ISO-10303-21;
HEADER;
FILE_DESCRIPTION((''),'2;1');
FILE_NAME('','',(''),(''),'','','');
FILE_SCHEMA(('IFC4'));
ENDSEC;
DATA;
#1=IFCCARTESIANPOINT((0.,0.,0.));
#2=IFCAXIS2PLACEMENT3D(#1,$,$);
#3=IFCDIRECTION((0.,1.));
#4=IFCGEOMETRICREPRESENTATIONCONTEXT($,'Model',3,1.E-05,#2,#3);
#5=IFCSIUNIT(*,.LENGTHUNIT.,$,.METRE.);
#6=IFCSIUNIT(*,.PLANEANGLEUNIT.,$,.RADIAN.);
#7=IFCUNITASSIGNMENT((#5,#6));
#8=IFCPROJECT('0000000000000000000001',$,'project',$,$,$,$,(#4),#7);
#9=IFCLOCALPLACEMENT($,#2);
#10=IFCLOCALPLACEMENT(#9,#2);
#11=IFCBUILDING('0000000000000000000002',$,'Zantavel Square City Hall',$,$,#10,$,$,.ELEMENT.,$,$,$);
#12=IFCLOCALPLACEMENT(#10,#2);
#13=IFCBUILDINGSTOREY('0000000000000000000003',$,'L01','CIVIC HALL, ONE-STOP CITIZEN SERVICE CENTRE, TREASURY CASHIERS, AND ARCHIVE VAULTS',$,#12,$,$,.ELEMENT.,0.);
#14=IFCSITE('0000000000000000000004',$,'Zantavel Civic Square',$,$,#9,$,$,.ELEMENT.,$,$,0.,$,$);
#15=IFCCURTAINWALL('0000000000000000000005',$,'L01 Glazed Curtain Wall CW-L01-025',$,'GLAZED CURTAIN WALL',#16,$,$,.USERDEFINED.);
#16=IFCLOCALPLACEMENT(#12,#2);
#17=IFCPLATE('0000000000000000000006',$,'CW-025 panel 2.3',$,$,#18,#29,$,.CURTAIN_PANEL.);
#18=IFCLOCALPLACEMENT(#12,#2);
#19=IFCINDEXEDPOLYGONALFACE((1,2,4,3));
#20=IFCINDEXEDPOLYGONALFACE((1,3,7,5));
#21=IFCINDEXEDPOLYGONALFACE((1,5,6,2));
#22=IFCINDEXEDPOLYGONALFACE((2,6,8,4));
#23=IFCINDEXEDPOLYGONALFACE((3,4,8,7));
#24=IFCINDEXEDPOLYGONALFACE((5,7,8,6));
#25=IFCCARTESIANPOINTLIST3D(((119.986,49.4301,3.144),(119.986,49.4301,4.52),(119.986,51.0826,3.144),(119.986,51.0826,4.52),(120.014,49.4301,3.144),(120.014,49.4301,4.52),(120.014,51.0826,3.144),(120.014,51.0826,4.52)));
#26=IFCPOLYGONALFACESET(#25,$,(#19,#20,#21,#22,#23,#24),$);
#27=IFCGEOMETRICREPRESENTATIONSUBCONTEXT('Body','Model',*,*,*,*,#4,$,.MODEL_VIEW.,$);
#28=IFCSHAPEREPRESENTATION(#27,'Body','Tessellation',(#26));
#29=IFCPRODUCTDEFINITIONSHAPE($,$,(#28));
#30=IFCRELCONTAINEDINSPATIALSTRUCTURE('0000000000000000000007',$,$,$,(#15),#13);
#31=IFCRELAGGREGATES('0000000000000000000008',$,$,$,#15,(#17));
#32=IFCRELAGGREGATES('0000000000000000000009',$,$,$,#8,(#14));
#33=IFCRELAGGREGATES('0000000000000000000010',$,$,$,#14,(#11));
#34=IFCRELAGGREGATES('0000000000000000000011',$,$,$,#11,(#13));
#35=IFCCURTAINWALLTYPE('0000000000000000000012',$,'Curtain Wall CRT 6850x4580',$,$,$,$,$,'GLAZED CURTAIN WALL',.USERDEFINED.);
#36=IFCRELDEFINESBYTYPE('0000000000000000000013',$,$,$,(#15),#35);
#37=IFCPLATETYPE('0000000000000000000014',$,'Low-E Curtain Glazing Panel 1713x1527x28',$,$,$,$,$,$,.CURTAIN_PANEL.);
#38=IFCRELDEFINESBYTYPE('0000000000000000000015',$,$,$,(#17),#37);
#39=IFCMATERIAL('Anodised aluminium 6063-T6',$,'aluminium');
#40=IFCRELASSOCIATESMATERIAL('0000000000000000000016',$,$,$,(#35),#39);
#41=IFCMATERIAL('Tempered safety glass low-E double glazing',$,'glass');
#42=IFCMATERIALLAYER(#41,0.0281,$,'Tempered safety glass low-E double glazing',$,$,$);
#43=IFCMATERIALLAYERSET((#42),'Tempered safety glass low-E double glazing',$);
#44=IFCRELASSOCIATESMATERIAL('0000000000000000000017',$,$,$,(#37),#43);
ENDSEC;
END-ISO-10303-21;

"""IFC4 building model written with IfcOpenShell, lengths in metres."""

from ifc_helpers import new_model, si_unit, direction, frame, origin, origin_2d, place, context, subcontext, project, spatial, rectangle, extrude, material, layer, layer_set, type_object, element, aggregate, save


model = new_model("IFC4")

# Units and contexts
model_context = context("Model", 3, precision=1e-05, world=origin(), true_north=direction((0.0, 1.0)))
body_context = subcontext(model_context, "Body", "Model", "MODEL_VIEW")
ifc_project = project(units=[si_unit("LENGTHUNIT", "METRE"), si_unit("PLANEANGLEUNIT", "RADIAN")], contexts=[model_context])

# Site, building, storey
site_placement = place(None, origin())
site = spatial("IfcSite", under=ifc_project, at=site_placement, Name="Zantavel Civic Square", CompositionType="ELEMENT", RefElevation=0.0)
building_placement = place(site_placement, origin())
building = spatial("IfcBuilding", under=site, at=building_placement, Name="Zantavel Square City Hall", CompositionType="ELEMENT")
storey_placement = place(building_placement, origin())
storey = spatial("IfcBuildingStorey", under=building, at=storey_placement, Name="L01", Description="CIVIC HALL, ONE-STOP CITIZEN SERVICE CENTRE, TREASURY CASHIERS, AND ARCHIVE VAULTS", CompositionType="ELEMENT", Elevation=0.0)

# Curtain wall, plate
ifc_material_1 = material(Name="Anodised aluminium 6063-T6", Category="aluminium")
curtain_wall_type = type_object("IfcCurtainWallType", Name="Curtain Wall CRT 6850x4580", ElementType="GLAZED CURTAIN WALL", PredefinedType="USERDEFINED", material=ifc_material_1)
curtain_wall_placement = place(storey_placement, origin())
curtain_wall = element("IfcCurtainWall", 1, at=curtain_wall_placement, inside=storey, type_object=curtain_wall_type, Name="L01 Glazed Curtain Wall CW-L01-025", ObjectType="GLAZED CURTAIN WALL", PredefinedType="USERDEFINED")
ifc_material_2 = material(Name="Tempered safety glass low-E double glazing", Category="glass")
ifc_layer = layer(ifc_material_2, 0.0281, Name="Tempered safety glass low-E double glazing")
ifc_layer_set = layer_set([ifc_layer], Name="Tempered safety glass low-E double glazing")
plate_type = type_object("IfcPlateType", Name="Low-E Curtain Glazing Panel 1713x1527x28", PredefinedType="CURTAIN_PANEL", material=ifc_layer_set)
plate_1_placement = place(storey_placement, frame((120.0, 50.2563, 3.144), z_axis=(0.0, 0.0, 1.0), x_axis=(0.0, -1.0, 0.0)))
plate_1 = element("IfcPlate", 2, at=plate_1_placement, type_object=plate_type, Name="CW-025 panel 2.3", PredefinedType="CURTAIN_PANEL", context=body_context, shape_type="SweptSolid", body=[
    extrude(rectangle(XDim=1.6526, YDim=0.0281, at=origin_2d()), origin(), (0.0, 0.0, 1.0), 1.376),
])
aggregate(curtain_wall, [plate_1])

save(model, "model.ifc")
